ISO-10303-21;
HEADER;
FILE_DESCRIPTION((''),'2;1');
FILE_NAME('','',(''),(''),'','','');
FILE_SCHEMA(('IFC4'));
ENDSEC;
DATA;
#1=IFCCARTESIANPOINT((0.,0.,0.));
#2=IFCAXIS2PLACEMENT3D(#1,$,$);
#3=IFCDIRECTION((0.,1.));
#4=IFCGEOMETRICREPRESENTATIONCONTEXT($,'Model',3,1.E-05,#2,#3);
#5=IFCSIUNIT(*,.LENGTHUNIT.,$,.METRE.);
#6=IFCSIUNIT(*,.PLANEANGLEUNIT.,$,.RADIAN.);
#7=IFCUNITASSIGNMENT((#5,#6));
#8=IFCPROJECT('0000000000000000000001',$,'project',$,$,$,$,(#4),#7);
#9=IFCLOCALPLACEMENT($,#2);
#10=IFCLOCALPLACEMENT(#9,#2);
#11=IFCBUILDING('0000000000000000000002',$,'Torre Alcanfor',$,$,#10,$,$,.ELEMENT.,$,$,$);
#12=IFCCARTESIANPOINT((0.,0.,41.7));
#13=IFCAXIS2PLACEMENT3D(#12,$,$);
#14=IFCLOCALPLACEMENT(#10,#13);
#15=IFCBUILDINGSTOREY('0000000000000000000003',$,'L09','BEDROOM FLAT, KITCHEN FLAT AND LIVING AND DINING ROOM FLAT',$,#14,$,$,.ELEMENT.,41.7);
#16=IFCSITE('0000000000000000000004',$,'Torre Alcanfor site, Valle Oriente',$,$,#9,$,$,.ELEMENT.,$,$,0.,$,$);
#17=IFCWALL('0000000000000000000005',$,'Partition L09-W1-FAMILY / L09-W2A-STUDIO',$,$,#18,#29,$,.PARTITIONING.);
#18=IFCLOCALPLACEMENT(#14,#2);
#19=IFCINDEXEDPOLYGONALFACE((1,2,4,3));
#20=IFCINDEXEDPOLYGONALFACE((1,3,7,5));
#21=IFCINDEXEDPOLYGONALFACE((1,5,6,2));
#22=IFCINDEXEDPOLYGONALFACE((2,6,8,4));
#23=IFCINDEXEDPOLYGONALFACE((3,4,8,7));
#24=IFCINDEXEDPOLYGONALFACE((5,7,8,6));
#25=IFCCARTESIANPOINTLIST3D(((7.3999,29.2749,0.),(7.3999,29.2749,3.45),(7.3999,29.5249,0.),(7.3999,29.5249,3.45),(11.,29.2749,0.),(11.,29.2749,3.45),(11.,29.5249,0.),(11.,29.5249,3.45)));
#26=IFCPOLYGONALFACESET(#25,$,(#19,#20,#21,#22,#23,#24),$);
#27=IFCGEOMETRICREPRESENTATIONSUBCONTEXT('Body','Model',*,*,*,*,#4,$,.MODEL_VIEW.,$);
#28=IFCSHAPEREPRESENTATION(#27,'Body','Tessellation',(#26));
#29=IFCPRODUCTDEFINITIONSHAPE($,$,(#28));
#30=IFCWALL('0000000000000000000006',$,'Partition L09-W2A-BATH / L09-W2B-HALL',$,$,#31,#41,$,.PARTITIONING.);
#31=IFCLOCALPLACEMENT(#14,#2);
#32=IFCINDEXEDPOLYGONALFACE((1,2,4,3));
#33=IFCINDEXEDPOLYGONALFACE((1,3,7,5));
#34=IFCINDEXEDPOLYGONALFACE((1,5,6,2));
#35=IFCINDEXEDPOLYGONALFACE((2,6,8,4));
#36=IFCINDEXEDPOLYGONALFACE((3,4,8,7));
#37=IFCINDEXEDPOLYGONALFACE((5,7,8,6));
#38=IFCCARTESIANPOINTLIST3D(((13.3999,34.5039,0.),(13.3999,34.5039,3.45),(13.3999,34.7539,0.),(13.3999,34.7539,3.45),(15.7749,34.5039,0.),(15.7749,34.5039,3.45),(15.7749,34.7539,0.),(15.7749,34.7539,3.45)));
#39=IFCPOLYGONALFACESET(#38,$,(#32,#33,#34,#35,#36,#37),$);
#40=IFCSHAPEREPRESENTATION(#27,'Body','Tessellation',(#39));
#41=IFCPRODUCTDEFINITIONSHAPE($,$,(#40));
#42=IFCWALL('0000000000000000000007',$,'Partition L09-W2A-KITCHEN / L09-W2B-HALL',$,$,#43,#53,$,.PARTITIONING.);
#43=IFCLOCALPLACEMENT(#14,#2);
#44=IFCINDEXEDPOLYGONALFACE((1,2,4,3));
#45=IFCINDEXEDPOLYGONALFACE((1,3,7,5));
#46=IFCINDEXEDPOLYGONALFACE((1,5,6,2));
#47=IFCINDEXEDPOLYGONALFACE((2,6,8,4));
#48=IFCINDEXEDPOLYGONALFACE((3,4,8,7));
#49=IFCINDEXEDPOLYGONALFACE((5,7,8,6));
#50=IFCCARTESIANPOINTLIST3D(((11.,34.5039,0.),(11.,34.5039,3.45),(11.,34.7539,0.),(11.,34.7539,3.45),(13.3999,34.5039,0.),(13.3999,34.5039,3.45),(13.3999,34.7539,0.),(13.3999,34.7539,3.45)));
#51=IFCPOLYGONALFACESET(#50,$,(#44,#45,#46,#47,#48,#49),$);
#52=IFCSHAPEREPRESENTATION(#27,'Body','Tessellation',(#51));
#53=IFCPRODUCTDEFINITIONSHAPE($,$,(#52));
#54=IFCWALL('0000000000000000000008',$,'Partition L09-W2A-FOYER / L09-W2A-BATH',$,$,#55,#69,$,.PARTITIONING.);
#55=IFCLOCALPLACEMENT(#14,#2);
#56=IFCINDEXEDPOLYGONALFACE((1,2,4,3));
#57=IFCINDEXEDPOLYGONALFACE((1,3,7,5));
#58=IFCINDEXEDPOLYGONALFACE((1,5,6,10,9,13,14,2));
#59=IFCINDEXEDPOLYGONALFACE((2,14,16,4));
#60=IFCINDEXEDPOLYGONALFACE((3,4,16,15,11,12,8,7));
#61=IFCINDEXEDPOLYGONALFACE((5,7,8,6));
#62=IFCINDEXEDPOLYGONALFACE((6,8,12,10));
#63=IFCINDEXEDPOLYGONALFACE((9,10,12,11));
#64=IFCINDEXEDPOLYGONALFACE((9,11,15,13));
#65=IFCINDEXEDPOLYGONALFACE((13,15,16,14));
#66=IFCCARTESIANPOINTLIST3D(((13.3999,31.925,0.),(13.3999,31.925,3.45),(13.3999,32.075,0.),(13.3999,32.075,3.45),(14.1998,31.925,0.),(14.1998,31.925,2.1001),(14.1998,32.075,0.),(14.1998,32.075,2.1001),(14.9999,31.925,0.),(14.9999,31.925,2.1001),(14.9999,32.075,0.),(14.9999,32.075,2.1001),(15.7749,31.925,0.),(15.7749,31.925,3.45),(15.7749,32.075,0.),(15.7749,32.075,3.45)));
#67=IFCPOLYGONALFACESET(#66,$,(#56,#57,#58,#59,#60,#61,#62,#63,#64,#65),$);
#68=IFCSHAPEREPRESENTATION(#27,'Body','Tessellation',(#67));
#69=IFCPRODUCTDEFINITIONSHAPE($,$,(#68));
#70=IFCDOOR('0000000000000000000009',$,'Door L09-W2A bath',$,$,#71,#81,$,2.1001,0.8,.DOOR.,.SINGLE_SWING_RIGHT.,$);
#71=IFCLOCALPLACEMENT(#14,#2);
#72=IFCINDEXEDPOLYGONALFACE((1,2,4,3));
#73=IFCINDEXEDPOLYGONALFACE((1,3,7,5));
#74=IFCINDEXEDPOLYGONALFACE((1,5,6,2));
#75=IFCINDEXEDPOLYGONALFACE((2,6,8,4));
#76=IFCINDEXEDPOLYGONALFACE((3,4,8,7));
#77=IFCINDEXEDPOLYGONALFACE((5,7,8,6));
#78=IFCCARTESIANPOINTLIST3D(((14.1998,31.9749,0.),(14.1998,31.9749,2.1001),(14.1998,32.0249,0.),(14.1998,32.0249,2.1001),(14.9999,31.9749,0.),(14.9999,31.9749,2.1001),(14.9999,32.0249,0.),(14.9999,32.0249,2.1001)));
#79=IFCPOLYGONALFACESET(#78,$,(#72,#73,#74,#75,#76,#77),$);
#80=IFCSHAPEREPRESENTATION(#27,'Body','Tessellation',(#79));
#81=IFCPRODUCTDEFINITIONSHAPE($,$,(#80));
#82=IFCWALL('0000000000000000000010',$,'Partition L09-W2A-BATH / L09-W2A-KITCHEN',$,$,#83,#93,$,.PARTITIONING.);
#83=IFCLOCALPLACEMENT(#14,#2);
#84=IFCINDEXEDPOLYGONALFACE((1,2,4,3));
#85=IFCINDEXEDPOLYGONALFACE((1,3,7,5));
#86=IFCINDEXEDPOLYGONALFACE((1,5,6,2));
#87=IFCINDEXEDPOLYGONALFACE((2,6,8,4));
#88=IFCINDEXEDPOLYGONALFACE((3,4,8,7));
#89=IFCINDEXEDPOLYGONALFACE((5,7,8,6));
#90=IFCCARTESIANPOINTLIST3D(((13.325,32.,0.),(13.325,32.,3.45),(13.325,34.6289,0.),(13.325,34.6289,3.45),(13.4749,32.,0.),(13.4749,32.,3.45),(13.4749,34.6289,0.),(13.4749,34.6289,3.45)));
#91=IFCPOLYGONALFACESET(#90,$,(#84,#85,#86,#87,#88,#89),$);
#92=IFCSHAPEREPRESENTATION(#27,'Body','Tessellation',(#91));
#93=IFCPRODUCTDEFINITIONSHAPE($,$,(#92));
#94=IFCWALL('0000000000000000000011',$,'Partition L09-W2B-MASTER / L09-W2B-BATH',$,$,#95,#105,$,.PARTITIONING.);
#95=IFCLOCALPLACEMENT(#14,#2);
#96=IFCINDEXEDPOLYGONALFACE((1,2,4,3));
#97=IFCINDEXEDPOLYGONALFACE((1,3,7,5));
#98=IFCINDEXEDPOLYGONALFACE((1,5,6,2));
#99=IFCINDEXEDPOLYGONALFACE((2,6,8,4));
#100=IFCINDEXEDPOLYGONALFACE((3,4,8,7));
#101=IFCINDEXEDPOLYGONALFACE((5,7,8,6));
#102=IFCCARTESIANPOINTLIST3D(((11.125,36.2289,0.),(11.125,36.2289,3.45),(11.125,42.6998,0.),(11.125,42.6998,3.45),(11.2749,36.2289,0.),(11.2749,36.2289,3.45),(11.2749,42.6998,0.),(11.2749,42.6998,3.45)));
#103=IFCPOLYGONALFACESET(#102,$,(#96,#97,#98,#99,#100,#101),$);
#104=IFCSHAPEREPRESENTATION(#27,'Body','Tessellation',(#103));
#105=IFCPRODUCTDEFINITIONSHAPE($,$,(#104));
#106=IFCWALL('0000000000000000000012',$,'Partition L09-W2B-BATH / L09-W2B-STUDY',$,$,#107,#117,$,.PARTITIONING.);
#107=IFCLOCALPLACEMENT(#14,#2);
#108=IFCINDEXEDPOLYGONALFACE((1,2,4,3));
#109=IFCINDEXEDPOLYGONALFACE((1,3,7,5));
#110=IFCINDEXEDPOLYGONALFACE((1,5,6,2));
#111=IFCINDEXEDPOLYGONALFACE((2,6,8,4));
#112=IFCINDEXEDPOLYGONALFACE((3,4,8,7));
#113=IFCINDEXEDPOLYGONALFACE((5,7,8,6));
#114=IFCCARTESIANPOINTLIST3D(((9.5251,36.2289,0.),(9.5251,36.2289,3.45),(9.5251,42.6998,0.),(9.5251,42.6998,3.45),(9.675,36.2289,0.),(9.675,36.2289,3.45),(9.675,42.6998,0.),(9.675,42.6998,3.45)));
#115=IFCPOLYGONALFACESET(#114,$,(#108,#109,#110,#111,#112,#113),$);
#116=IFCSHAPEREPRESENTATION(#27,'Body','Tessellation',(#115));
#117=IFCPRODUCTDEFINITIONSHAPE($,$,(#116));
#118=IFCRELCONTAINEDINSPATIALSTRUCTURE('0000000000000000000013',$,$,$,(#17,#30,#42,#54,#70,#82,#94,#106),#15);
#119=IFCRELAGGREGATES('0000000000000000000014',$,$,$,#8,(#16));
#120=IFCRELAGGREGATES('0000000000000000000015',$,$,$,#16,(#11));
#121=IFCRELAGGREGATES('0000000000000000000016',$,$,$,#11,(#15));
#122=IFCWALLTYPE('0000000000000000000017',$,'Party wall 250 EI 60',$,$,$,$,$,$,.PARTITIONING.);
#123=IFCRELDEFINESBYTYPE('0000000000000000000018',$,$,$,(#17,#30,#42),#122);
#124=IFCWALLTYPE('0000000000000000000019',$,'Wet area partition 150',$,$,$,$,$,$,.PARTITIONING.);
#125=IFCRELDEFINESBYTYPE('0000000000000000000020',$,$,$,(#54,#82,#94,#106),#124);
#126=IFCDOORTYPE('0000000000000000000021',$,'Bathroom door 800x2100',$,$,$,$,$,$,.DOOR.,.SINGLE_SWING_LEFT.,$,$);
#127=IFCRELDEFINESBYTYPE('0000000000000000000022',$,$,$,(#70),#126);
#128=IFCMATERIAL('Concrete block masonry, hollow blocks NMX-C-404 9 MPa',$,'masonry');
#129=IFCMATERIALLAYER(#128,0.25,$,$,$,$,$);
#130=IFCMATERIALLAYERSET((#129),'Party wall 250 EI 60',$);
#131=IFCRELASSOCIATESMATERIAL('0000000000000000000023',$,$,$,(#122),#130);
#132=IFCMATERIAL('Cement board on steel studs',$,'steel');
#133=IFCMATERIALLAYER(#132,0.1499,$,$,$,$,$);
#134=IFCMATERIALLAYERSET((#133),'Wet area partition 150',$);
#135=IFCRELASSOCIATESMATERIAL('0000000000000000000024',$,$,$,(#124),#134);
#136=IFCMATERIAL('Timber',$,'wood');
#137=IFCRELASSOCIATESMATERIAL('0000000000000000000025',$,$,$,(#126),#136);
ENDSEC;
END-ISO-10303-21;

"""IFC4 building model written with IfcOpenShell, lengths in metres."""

from ifc_helpers import new_model, si_unit, direction, frame, frame_2d, origin, place, context, subcontext, project, spatial, rectangle, extrude, material, layer, layer_set, type_object, element, fill, save


model = new_model("IFC4")

# Units and contexts
model_context = context("Model", 3, precision=1e-05, world=origin(), true_north=direction((0.0, 1.0)))
body_context = subcontext(model_context, "Body", "Model", "MODEL_VIEW")
ifc_project = project(units=[si_unit("LENGTHUNIT", "METRE"), si_unit("PLANEANGLEUNIT", "RADIAN")], contexts=[model_context])

# Site, building, storey
site_placement = place(None, origin())
site = spatial("IfcSite", under=ifc_project, at=site_placement, Name="Torre Alcanfor site, Valle Oriente", CompositionType="ELEMENT", RefElevation=0.0)
building_placement = place(site_placement, origin())
building = spatial("IfcBuilding", under=site, at=building_placement, Name="Torre Alcanfor", CompositionType="ELEMENT")
storey_placement = place(building_placement, frame((0.0, 0.0, 41.7)))
storey = spatial("IfcBuildingStorey", under=building, at=storey_placement, Name="L09", Description="BEDROOM FLAT, KITCHEN FLAT AND LIVING AND DINING ROOM FLAT", CompositionType="ELEMENT", Elevation=41.7)

# Walls
ifc_material_1 = material(Name="Concrete block masonry, hollow blocks NMX-C-404 9 MPa", Category="masonry")
ifc_layer_1 = layer(ifc_material_1, 0.25)
ifc_layer_set_1 = layer_set([ifc_layer_1], Name="Party wall 250 EI 60")
wall_type_1 = type_object("IfcWallType", Name="Party wall 250 EI 60", PredefinedType="PARTITIONING", material=ifc_layer_set_1)
wall_1_placement = place(storey_placement, frame((11.0, 29.3999, 0.0), z_axis=(0.0, 0.0, 1.0), x_axis=(-1.0, 0.0, 0.0)))
element("IfcWall", 1, at=wall_1_placement, inside=storey, type_object=wall_type_1, Name="Partition L09-W1-FAMILY / L09-W2A-STUDIO", PredefinedType="PARTITIONING", context=body_context, shape_type="SweptSolid", body=[
    extrude(rectangle(XDim=3.6001, YDim=0.25, at=frame_2d((1.8, 0.0))), origin(), (0.0, 0.0, 1.0), 3.45),
])
wall_2_placement = place(storey_placement, frame((13.3999, 34.6289, 0.0), z_axis=(0.0, 0.0, 1.0), x_axis=(1.0, 0.0, 0.0)))
element("IfcWall", 2, at=wall_2_placement, inside=storey, type_object=wall_type_1, Name="Partition L09-W2A-BATH / L09-W2B-HALL", PredefinedType="PARTITIONING", context=body_context, shape_type="SweptSolid", body=[
    extrude(rectangle(XDim=2.375, YDim=0.25, at=frame_2d((1.1875, 0.0))), origin(), (0.0, 0.0, 1.0), 3.45),
])
wall_3_placement = place(storey_placement, frame((11.0, 34.6289, 0.0), z_axis=(0.0, 0.0, 1.0), x_axis=(1.0, 0.0, 0.0)))
element("IfcWall", 3, at=wall_3_placement, inside=storey, type_object=wall_type_1, Name="Partition L09-W2A-KITCHEN / L09-W2B-HALL", PredefinedType="PARTITIONING", context=body_context, shape_type="SweptSolid", body=[
    extrude(rectangle(XDim=2.3999, YDim=0.25, at=frame_2d((1.2, 0.0))), origin(), (0.0, 0.0, 1.0), 3.45),
])

# Wall, opening, door
ifc_material_2 = material(Name="Cement board on steel studs", Category="steel")
ifc_layer_2 = layer(ifc_material_2, 0.1499)
ifc_layer_set_2 = layer_set([ifc_layer_2], Name="Wet area partition 150")
wall_type_2 = type_object("IfcWallType", Name="Wet area partition 150", PredefinedType="PARTITIONING", material=ifc_layer_set_2)
wall_4_placement = place(storey_placement, frame((13.3999, 32.0, 0.0), z_axis=(0.0, 0.0, 1.0), x_axis=(1.0, 0.0, 0.0)))
wall_4 = element("IfcWall", 4, at=wall_4_placement, inside=storey, type_object=wall_type_2, Name="Partition L09-W2A-FOYER / L09-W2A-BATH", PredefinedType="PARTITIONING", context=body_context, shape_type="SweptSolid", body=[
    extrude(rectangle(XDim=2.375, YDim=0.1499, at=frame_2d((1.1875, 0.0))), origin(), (0.0, 0.0, 1.0), 3.45),
])
opening_1_placement = place(wall_4_placement, frame((0.8, 0.0, 0.0)))
opening_1 = element("IfcOpeningElement", 5, at=opening_1_placement, cuts=wall_4, PredefinedType="OPENING", context=body_context, shape_type="SweptSolid", body=[
    extrude(rectangle(XDim=0.8, YDim=2.1001, at=frame_2d((0.3999, 1.05))), frame((0.0, 0.085, 0.0), z_axis=(0.0, -1.0, 0.0), x_axis=(1.0, 0.0, 0.0)), (0.0, 0.0, 1.0), 0.1699),
])
ifc_material_3 = material(Name="Timber", Category="wood")
door_type_1 = type_object("IfcDoorType", Name="Bathroom door 800x2100", OperationType="SINGLE_SWING_LEFT", PredefinedType="DOOR", material=ifc_material_3)
door_1_placement = place(opening_1_placement, origin())
door_1 = element("IfcDoor", 6, at=door_1_placement, inside=storey, type_object=door_type_1, Name="Door L09-W2A bath", OperationType="SINGLE_SWING_RIGHT", OverallHeight=2.1001, OverallWidth=0.8, PredefinedType="DOOR", context=body_context, shape_type="SweptSolid", body=[
    extrude(rectangle(XDim=0.8, YDim=2.1001, at=frame_2d((0.3999, 1.05))), frame((0.0, 0.0249, 0.0), z_axis=(0.0, -1.0, 0.0), x_axis=(1.0, 0.0, 0.0)), (0.0, 0.0, 1.0), 0.05),
])
fill(opening_1, door_1)

# Walls
wall_5_placement = place(storey_placement, frame((13.3999, 32.0, 0.0), z_axis=(0.0, 0.0, 1.0), x_axis=(0.0, 1.0, 0.0)))
element("IfcWall", 7, at=wall_5_placement, inside=storey, type_object=wall_type_2, Name="Partition L09-W2A-BATH / L09-W2A-KITCHEN", PredefinedType="PARTITIONING", context=body_context, shape_type="SweptSolid", body=[
    extrude(rectangle(XDim=2.6289, YDim=0.1499, at=frame_2d((1.3145, 0.0))), origin(), (0.0, 0.0, 1.0), 3.45),
])
for number, where, z_axis, x_axis, name in (
    (8, (11.2, 36.229, 0.0), (0.0, 0.0, 1.0), (0.0, 1.0, 0.0), "Partition L09-W2B-MASTER / L09-W2B-BATH"),
    (9, (9.6001, 36.229, 0.0), (0.0, 0.0, 1.0), (0.0, 1.0, 0.0), "Partition L09-W2B-BATH / L09-W2B-STUDY"),
):
    element("IfcWall", number, at=place(storey_placement, frame(where, z_axis=z_axis, x_axis=x_axis)), inside=storey, type_object=wall_type_2, Name=name, PredefinedType="PARTITIONING", context=body_context, shape_type="SweptSolid", body=[
        extrude(rectangle(XDim=6.4709, YDim=0.1499, at=frame_2d((3.2354, 0.0))), origin(), (0.0, 0.0, 1.0), 3.45),
    ])

save(model, "model.ifc")
